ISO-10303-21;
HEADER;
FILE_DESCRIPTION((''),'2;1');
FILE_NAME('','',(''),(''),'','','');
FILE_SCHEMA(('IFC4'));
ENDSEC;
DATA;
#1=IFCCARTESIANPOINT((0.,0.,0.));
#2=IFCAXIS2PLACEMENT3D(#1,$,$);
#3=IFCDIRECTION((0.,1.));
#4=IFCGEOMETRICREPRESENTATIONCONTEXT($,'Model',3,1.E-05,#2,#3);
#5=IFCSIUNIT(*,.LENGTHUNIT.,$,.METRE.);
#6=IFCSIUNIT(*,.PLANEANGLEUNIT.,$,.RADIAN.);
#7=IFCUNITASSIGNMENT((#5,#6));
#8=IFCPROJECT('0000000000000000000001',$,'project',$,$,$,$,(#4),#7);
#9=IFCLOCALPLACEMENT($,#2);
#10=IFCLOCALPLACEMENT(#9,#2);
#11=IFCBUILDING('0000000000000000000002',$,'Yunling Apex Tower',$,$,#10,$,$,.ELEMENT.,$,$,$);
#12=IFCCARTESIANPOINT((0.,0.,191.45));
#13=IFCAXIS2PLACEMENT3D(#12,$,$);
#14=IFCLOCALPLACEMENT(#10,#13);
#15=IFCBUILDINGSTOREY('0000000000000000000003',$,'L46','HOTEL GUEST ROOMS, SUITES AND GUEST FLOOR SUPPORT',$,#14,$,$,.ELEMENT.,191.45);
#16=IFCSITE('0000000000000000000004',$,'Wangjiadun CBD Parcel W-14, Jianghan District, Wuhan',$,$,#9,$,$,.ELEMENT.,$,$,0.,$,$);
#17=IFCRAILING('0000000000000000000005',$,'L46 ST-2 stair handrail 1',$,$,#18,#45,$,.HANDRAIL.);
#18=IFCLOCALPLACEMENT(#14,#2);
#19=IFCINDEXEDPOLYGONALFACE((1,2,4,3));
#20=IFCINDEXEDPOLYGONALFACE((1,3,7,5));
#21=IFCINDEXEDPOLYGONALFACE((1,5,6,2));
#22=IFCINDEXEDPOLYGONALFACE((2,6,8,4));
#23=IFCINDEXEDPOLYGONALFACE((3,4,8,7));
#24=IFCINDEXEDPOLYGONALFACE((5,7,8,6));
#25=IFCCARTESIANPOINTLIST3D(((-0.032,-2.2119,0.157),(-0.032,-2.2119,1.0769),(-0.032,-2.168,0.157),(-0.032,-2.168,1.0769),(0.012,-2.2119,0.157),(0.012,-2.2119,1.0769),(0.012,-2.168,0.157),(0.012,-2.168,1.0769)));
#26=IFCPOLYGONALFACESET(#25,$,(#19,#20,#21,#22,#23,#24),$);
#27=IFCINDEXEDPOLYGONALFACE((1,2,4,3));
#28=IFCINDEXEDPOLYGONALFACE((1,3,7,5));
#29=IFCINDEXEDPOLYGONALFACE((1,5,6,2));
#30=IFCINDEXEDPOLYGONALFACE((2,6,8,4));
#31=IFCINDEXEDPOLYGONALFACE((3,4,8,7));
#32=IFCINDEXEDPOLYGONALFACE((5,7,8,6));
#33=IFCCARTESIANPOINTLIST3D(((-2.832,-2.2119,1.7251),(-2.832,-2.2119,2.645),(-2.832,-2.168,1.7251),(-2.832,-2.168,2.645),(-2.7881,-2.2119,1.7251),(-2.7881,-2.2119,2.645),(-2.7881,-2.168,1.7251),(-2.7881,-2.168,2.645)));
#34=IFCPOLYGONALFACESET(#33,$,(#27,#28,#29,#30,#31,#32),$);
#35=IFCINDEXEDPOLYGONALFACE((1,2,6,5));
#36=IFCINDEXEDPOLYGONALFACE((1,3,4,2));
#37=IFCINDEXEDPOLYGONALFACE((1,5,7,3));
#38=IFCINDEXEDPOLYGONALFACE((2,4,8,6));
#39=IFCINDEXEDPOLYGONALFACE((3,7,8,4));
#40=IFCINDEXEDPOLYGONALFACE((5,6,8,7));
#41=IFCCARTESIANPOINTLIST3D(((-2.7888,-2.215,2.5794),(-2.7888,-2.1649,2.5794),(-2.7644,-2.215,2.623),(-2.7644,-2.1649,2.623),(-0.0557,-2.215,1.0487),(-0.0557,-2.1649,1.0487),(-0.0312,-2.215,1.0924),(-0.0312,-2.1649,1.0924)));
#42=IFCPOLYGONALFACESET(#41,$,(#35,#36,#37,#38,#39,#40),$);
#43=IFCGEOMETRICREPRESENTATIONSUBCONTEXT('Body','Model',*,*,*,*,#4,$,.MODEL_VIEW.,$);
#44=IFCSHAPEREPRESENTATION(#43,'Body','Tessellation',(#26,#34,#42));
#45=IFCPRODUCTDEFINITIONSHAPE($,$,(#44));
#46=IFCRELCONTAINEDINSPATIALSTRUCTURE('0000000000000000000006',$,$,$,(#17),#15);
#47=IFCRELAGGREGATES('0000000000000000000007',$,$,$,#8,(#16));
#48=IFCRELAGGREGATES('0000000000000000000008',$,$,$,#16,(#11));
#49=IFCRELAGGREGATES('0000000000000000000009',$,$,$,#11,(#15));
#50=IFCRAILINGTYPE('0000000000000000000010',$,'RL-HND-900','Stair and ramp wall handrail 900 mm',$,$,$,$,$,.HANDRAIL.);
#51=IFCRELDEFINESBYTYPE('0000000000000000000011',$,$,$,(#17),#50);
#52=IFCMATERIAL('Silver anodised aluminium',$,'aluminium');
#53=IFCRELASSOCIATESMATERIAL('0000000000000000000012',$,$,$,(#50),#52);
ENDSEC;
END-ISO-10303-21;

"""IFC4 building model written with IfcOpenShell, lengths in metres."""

from ifc_helpers import new_model, si_unit, direction, frame, origin, origin_2d, place, context, subcontext, project, spatial, rectangle, extrude, material, type_object, element, save


model = new_model("IFC4")

# Units and contexts
model_context = context("Model", 3, precision=1e-05, world=origin(), true_north=direction((0.0, 1.0)))
body_context = subcontext(model_context, "Body", "Model", "MODEL_VIEW")
ifc_project = project(units=[si_unit("LENGTHUNIT", "METRE"), si_unit("PLANEANGLEUNIT", "RADIAN")], contexts=[model_context])

# Site, building, storey
site_placement = place(None, origin())
site = spatial("IfcSite", under=ifc_project, at=site_placement, Name="Wangjiadun CBD Parcel W-14, Jianghan District, Wuhan", CompositionType="ELEMENT", RefElevation=0.0)
building_placement = place(site_placement, origin())
building = spatial("IfcBuilding", under=site, at=building_placement, Name="Yunling Apex Tower", CompositionType="ELEMENT")
storey_placement = place(building_placement, frame((0.0, 0.0, 191.45)))
storey = spatial("IfcBuildingStorey", under=building, at=storey_placement, Name="L46", Description="HOTEL GUEST ROOMS, SUITES AND GUEST FLOOR SUPPORT", CompositionType="ELEMENT", Elevation=191.45)

# Railing
ifc_material_1 = material(Name="Silver anodised aluminium", Category="aluminium")
railing_type_1 = type_object("IfcRailingType", Name="RL-HND-900", Description="Stair and ramp wall handrail 900 mm", PredefinedType="HANDRAIL", material=ifc_material_1)
railing_1_placement = place(storey_placement, frame((-0.01, -2.1899, 0.157)))
element("IfcRailing", 1, at=railing_1_placement, inside=storey, type_object=railing_type_1, Name="L46 ST-2 stair handrail 1", PredefinedType="HANDRAIL", context=body_context, shape_type="SweptSolid", body=[
    extrude(rectangle(XDim=0.0439, YDim=0.0439, at=origin_2d()), origin(), (0.0, 0.0, 1.0), 0.9199),
    extrude(rectangle(XDim=0.0439, YDim=0.0439, at=origin_2d()), frame((-2.8, 0.0, 1.5681)), (0.0, 0.0, 1.0), 0.9199),
    extrude(rectangle(XDim=0.05, YDim=0.05, at=origin_2d()), frame((-0.0334, 0.0, 0.9136), z_axis=(-0.872494, 0.0, 0.488624), x_axis=(0.0, -1.0, 0.0)), (0.0, 0.0, 1.0), 3.1326),
])

save(model, "model.ifc")
